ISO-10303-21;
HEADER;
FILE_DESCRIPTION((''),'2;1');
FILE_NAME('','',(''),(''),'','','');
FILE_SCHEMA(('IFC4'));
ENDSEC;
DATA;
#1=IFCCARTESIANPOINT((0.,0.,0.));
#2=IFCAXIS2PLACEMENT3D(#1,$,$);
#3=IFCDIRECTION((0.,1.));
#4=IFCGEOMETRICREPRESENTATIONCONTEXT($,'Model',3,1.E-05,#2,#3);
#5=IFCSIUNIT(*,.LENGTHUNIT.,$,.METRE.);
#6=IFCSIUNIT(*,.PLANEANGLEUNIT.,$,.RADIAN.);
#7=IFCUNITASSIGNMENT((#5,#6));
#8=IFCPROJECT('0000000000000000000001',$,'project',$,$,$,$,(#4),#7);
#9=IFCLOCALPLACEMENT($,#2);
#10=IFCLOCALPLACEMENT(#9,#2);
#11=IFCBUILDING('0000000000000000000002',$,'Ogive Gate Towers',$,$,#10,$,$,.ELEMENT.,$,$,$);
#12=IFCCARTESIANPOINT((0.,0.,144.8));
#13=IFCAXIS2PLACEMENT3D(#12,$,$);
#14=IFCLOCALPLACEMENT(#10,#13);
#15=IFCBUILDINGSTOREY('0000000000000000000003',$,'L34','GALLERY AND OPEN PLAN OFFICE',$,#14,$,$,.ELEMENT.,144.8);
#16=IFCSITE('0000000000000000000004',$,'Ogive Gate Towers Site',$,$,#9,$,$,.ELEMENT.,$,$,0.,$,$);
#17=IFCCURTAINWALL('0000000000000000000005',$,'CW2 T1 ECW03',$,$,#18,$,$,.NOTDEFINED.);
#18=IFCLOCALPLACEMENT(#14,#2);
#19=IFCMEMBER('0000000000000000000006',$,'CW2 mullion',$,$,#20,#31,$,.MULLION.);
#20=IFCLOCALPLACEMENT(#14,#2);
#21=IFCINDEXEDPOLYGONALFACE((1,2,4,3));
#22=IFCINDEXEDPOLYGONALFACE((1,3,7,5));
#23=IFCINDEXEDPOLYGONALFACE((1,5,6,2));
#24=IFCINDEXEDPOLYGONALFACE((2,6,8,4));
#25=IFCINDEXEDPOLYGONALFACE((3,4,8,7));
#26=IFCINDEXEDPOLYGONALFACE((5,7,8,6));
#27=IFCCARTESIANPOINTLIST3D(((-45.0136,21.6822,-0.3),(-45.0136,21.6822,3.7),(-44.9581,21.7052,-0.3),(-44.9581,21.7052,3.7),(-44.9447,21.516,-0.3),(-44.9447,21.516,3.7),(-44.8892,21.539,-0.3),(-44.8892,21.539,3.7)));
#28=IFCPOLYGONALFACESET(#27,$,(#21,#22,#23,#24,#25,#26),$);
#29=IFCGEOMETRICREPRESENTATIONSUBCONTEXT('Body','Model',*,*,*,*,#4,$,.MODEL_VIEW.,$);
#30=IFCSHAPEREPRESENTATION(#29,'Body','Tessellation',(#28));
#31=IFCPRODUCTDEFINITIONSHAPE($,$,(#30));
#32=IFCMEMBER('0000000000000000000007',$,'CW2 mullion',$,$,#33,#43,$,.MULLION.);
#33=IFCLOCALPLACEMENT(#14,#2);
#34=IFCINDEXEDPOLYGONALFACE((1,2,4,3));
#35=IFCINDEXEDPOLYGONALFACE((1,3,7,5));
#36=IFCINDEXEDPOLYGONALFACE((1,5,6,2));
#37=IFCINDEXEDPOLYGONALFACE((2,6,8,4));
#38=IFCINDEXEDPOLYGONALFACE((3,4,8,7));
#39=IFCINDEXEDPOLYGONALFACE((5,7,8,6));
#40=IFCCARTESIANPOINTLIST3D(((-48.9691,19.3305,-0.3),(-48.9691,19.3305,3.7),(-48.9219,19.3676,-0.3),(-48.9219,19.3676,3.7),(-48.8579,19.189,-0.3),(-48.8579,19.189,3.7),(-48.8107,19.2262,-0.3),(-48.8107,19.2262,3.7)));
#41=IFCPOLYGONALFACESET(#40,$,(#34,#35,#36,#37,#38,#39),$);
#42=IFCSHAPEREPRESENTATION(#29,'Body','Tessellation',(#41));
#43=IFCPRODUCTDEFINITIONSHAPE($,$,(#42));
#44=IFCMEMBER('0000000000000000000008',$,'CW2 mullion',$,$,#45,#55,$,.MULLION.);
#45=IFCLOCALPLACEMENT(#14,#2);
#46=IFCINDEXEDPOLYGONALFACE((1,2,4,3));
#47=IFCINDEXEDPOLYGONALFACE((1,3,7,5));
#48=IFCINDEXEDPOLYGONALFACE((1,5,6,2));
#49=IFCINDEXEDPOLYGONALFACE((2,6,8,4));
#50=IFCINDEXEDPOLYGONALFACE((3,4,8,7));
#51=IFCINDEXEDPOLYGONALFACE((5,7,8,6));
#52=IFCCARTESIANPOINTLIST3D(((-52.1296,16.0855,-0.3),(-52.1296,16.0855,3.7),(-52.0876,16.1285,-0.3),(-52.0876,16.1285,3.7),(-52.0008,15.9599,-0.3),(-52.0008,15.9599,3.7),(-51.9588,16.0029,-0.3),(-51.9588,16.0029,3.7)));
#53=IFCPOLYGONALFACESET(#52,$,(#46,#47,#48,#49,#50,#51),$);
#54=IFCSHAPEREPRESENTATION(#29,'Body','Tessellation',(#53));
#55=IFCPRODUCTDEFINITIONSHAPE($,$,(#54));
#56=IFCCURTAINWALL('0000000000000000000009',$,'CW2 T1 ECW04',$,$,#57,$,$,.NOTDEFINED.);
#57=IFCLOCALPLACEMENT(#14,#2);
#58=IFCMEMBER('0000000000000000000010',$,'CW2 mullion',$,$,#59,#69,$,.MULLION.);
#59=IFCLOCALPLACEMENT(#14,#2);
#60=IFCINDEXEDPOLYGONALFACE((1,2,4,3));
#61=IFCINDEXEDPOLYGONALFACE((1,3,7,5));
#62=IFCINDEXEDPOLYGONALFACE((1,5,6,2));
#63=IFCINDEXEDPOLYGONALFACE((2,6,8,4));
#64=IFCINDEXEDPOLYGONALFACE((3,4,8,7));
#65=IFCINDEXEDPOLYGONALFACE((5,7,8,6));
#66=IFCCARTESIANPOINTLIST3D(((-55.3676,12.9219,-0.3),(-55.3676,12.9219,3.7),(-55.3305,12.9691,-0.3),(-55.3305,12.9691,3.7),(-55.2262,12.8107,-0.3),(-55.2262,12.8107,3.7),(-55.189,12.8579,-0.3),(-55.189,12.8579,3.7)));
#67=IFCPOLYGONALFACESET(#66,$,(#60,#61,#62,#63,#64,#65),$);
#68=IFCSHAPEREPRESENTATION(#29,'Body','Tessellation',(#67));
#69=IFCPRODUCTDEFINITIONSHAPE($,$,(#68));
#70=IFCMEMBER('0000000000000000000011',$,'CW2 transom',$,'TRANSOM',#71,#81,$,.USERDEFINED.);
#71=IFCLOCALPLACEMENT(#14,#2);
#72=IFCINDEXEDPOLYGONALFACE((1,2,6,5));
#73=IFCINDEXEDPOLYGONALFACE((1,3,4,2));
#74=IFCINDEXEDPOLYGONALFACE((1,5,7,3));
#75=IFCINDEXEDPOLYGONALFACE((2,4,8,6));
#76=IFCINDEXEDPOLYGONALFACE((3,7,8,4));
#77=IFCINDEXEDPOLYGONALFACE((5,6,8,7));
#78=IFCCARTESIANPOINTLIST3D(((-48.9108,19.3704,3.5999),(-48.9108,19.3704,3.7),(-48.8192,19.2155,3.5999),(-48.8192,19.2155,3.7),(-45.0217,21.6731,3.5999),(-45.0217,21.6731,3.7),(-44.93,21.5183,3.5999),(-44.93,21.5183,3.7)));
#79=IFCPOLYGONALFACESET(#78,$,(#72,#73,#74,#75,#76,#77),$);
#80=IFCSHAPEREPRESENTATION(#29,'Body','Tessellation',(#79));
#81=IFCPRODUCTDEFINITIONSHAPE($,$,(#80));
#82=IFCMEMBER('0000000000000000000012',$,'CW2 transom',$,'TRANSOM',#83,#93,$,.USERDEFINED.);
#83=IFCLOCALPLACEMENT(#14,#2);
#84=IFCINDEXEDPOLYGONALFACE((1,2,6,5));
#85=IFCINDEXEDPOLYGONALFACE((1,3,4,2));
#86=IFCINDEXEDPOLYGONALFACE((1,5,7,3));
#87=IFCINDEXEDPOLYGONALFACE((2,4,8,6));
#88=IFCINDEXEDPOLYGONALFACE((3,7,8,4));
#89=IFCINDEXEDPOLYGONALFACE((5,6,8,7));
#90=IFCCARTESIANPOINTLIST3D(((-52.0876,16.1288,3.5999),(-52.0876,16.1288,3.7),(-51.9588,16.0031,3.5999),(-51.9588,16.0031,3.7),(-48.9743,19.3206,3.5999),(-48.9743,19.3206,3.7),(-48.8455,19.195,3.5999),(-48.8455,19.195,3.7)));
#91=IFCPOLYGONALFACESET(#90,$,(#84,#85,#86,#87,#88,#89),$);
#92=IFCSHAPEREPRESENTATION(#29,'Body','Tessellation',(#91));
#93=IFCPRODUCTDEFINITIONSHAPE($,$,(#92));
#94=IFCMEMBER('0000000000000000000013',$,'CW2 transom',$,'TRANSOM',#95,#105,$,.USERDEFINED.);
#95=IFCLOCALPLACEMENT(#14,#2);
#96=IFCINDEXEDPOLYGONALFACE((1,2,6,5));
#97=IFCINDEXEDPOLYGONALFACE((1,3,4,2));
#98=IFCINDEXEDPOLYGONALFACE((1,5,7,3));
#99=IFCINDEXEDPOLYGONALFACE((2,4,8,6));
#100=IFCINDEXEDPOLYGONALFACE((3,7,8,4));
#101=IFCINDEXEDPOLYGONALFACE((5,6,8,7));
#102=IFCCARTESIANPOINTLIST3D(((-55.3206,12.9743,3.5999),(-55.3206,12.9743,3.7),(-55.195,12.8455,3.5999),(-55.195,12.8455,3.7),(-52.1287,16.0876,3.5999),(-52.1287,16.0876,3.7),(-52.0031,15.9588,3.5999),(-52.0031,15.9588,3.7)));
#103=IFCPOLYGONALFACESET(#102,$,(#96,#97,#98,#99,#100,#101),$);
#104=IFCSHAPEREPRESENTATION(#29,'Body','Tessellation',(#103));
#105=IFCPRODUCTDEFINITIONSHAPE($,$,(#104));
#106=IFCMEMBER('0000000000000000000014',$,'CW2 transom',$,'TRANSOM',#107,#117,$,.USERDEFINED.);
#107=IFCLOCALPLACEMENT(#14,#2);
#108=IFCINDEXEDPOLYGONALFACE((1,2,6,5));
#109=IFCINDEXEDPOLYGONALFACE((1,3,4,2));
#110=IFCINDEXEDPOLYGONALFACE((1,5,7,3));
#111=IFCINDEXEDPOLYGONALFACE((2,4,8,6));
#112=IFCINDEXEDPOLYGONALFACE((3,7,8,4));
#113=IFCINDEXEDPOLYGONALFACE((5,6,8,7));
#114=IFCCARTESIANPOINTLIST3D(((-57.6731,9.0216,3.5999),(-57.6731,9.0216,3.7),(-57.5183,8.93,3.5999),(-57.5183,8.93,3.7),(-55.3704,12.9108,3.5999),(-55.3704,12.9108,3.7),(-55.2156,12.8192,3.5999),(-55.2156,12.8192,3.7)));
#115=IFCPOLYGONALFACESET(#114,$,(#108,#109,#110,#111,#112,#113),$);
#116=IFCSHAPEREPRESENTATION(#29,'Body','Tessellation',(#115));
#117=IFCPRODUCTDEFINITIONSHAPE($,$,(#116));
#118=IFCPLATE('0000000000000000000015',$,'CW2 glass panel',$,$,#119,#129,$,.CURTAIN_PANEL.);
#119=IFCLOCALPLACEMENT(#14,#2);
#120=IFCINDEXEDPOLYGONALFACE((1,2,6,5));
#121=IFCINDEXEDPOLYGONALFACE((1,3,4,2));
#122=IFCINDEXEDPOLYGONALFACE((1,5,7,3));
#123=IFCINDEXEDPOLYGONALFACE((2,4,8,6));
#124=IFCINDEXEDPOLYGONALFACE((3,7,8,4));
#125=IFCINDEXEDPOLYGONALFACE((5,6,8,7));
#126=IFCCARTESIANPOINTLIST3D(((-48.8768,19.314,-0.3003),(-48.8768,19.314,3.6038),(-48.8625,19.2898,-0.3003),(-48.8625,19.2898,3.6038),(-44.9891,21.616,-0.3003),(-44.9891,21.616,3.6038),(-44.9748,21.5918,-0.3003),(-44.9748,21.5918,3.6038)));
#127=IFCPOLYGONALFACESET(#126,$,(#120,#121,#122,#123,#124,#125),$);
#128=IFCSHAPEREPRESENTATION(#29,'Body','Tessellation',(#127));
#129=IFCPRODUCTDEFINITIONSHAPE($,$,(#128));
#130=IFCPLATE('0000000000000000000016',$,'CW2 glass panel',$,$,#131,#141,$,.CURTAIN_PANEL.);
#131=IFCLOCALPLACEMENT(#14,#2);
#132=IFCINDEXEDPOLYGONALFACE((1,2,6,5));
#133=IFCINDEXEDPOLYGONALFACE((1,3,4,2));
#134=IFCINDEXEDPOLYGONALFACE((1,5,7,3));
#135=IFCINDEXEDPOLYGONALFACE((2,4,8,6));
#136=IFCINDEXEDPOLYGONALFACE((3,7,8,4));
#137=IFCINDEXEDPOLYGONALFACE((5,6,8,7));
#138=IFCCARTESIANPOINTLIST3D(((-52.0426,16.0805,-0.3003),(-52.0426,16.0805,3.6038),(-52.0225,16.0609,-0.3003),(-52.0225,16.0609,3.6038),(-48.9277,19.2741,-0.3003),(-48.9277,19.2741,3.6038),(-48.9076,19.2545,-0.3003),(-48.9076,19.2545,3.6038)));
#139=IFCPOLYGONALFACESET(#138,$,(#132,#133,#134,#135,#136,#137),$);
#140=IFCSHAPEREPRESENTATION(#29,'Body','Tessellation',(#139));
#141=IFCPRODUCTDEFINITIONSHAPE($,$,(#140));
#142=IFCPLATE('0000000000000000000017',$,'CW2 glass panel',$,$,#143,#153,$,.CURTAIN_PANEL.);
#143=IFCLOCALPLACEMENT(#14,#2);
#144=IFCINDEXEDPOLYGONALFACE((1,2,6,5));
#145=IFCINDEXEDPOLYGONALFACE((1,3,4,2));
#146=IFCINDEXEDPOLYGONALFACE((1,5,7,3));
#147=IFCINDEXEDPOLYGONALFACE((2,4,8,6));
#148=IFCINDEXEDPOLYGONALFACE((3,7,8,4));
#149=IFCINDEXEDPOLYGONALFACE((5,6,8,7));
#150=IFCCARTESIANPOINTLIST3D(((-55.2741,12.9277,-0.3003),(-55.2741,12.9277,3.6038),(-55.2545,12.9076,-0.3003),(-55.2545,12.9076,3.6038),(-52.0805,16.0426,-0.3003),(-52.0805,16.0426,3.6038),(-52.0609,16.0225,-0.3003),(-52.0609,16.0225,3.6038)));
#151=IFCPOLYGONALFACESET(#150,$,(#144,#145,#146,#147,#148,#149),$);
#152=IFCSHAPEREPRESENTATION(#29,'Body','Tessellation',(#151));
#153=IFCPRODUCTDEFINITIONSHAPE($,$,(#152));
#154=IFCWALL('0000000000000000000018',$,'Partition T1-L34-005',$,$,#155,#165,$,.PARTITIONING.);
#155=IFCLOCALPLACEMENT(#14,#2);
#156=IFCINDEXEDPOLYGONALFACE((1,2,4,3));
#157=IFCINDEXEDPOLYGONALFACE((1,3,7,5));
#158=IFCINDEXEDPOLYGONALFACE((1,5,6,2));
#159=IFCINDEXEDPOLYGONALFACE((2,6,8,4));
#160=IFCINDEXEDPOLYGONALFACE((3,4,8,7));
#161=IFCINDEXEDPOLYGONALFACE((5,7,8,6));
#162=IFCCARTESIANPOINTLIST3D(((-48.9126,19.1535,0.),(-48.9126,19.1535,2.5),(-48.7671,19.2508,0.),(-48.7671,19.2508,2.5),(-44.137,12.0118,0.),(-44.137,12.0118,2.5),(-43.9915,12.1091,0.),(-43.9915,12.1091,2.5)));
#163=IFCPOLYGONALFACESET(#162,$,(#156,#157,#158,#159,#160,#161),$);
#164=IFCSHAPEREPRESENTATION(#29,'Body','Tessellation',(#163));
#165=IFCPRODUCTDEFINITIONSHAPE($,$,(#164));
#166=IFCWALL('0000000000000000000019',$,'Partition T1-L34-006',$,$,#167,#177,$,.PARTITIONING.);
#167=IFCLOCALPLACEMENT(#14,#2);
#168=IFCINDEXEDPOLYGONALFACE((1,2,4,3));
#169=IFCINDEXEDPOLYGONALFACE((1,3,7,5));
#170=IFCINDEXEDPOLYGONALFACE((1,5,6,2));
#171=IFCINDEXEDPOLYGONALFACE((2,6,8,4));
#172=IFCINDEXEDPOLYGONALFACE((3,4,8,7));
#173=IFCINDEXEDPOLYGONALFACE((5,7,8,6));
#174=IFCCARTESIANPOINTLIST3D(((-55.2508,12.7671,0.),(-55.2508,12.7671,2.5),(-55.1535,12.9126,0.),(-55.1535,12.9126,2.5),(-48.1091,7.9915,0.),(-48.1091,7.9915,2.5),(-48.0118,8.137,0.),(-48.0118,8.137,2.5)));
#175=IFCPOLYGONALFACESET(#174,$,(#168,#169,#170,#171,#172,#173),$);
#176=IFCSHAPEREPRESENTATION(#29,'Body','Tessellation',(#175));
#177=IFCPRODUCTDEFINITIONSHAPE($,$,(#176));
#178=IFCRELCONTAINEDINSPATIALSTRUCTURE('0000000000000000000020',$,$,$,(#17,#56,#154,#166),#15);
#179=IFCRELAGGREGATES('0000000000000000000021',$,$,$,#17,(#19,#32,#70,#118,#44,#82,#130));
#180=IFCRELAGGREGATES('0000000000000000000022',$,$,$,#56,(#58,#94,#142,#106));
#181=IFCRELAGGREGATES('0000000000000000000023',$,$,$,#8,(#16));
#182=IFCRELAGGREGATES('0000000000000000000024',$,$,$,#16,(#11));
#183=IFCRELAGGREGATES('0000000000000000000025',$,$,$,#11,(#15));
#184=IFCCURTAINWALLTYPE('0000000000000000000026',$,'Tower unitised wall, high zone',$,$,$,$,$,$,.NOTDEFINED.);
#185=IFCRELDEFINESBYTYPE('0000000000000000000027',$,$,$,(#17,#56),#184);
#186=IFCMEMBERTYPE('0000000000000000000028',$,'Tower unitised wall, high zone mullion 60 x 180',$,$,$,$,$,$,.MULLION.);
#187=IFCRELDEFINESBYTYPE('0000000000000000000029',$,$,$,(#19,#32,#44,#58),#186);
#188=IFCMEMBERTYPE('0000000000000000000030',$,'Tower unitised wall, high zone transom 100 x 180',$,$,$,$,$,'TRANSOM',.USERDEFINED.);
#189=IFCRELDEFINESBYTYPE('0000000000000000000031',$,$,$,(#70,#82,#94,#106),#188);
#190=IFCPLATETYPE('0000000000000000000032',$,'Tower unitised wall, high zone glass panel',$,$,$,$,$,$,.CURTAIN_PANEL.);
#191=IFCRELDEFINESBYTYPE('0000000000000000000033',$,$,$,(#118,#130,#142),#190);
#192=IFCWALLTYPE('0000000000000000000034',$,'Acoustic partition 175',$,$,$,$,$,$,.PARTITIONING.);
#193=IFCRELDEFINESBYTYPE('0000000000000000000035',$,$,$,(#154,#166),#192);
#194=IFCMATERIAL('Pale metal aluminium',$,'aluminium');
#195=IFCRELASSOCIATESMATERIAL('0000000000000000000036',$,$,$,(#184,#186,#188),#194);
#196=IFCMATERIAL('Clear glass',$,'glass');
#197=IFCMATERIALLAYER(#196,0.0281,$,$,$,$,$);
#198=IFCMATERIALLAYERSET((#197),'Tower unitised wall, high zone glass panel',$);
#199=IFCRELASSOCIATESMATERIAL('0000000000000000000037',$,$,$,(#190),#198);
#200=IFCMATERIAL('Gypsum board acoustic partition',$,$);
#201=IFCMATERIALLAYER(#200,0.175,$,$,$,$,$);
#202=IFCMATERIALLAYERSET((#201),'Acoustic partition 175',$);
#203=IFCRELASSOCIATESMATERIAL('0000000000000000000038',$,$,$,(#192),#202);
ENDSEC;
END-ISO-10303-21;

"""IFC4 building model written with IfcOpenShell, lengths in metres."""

from ifc_helpers import new_model, si_unit, direction, frame, frame_2d, origin, origin_2d, place, context, subcontext, project, spatial, rectangle, extrude, material, layer, layer_set, material_profile, profile_set, type_object, element, aggregate, save


model = new_model("IFC4")

# Units and contexts
model_context = context("Model", 3, precision=1e-05, world=origin(), true_north=direction((0.0, 1.0)))
body_context = subcontext(model_context, "Body", "Model", "MODEL_VIEW")
ifc_project = project(units=[si_unit("LENGTHUNIT", "METRE"), si_unit("PLANEANGLEUNIT", "RADIAN")], contexts=[model_context])

# Site, building, storey
site_placement = place(None, origin())
site = spatial("IfcSite", under=ifc_project, at=site_placement, Name="Ogive Gate Towers Site", CompositionType="ELEMENT", RefElevation=0.0)
building_placement = place(site_placement, origin())
building = spatial("IfcBuilding", under=site, at=building_placement, Name="Ogive Gate Towers", CompositionType="ELEMENT")
storey_placement = place(building_placement, frame((0.0, 0.0, 144.8)))
storey = spatial("IfcBuildingStorey", under=building, at=storey_placement, Name="L34", Description="GALLERY AND OPEN PLAN OFFICE", CompositionType="ELEMENT", Elevation=144.8)

# Curtain wall, members
ifc_material_1 = material(Name="Pale metal aluminium", Category="aluminium")
curtain_wall_type = type_object("IfcCurtainWallType", Name="Tower unitised wall, high zone", PredefinedType="NOTDEFINED", material=ifc_material_1)
curtain_wall_1_placement = place(storey_placement, origin())
curtain_wall_1 = element("IfcCurtainWall", 1, at=curtain_wall_1_placement, inside=storey, type_object=curtain_wall_type, Name="CW2 T1 ECW03", PredefinedType="NOTDEFINED")
ifc_material_profile_1 = material_profile(ifc_material_1, rectangle(XDim=0.1799, YDim=0.0601, at=origin_2d()), Name="60 x 180 aluminium box")
ifc_profile_set_1 = profile_set([ifc_material_profile_1], Name="Pale metal aluminium")
member_type_1 = type_object("IfcMemberType", Name="Tower unitised wall, high zone mullion 60 x 180", PredefinedType="MULLION", material=ifc_profile_set_1)
member_1_placement = place(storey_placement, frame((-44.9514, 21.6106, -0.3), z_axis=(0.0, 0.0, 1.0), x_axis=(-0.382683, 0.92388, 0.0)))
member_1 = element("IfcMember", 2, at=member_1_placement, type_object=member_type_1, Name="CW2 mullion", PredefinedType="MULLION", context=body_context, shape_type="SweptSolid", body=[
    extrude(rectangle(XDim=0.1799, YDim=0.0601, at=origin_2d()), origin(), (0.0, 0.0, 1.0), 4.0),
])
member_2_placement = place(storey_placement, frame((-48.8899, 19.2783, -0.3), z_axis=(0.0, 0.0, 1.0), x_axis=(-0.618038, 0.786148, 0.0)))
member_2 = element("IfcMember", 3, at=member_2_placement, type_object=member_type_1, Name="CW2 mullion", PredefinedType="MULLION", context=body_context, shape_type="SweptSolid", body=[
    extrude(rectangle(XDim=0.1799, YDim=0.0601, at=origin_2d()), origin(), (0.0, 0.0, 1.0), 4.0),
])
member_3_placement = place(storey_placement, frame((-52.0442, 16.0442, -0.3), z_axis=(0.0, 0.0, 1.0), x_axis=(-0.715863, 0.69824, 0.0)))
member_3 = element("IfcMember", 4, at=member_3_placement, type_object=member_type_1, Name="CW2 mullion", PredefinedType="MULLION", context=body_context, shape_type="SweptSolid", body=[
    extrude(rectangle(XDim=0.1799, YDim=0.0601, at=origin_2d()), origin(), (0.0, 0.0, 1.0), 4.0),
])

# Curtain wall, member
curtain_wall_2_placement = place(storey_placement, origin())
curtain_wall_2 = element("IfcCurtainWall", 5, at=curtain_wall_2_placement, inside=storey, type_object=curtain_wall_type, Name="CW2 T1 ECW04", PredefinedType="NOTDEFINED")
member_4_placement = place(storey_placement, frame((-55.2783, 12.8899, -0.3), z_axis=(0.0, 0.0, 1.0), x_axis=(-0.786148, 0.618038, 0.0)))
member_4 = element("IfcMember", 6, at=member_4_placement, type_object=member_type_1, Name="CW2 mullion", PredefinedType="MULLION", context=body_context, shape_type="SweptSolid", body=[
    extrude(rectangle(XDim=0.1799, YDim=0.0601, at=origin_2d()), origin(), (0.0, 0.0, 1.0), 4.0),
])

# Members
ifc_material_profile_2 = material_profile(ifc_material_1, rectangle(XDim=0.1799, YDim=0.1001, at=origin_2d()), Name="100 x 180 aluminium box")
ifc_profile_set_2 = profile_set([ifc_material_profile_2], Name="Pale metal aluminium")
member_type_2 = type_object("IfcMemberType", Name="Tower unitised wall, high zone transom 100 x 180", ElementType="TRANSOM", PredefinedType="USERDEFINED", material=ifc_profile_set_2)
member_5_placement = place(storey_placement, frame((-44.9758, 21.5957, 3.6499), z_axis=(-0.860481, -0.509483, 0.0), x_axis=(0.509483, -0.860481, 0.0)))
member_5 = element("IfcMember", 7, at=member_5_placement, type_object=member_type_2, Name="CW2 transom", ObjectType="TRANSOM", PredefinedType="USERDEFINED", context=body_context, shape_type="SweptSolid", body=[
    extrude(rectangle(XDim=0.1799, YDim=0.1001, at=origin_2d()), origin(), (0.0, 0.0, 1.0), 4.5198),
])
member_6_placement = place(storey_placement, frame((-48.9099, 19.2578, 3.6499), z_axis=(-0.698236, -0.715867, 0.0), x_axis=(0.715867, -0.698236, 0.0)))
member_6 = element("IfcMember", 8, at=member_6_placement, type_object=member_type_2, Name="CW2 transom", ObjectType="TRANSOM", PredefinedType="USERDEFINED", context=body_context, shape_type="SweptSolid", body=[
    extrude(rectangle(XDim=0.1799, YDim=0.1001, at=origin_2d()), origin(), (0.0, 0.0, 1.0), 4.4587),
])
member_7_placement = place(storey_placement, frame((-52.0659, 16.0232, 3.6499), z_axis=(-0.715867, -0.698236, 0.0), x_axis=(0.698236, -0.715867, 0.0)))
member_7 = element("IfcMember", 9, at=member_7_placement, type_object=member_type_2, Name="CW2 transom", ObjectType="TRANSOM", PredefinedType="USERDEFINED", context=body_context, shape_type="SweptSolid", body=[
    extrude(rectangle(XDim=0.1799, YDim=0.1001, at=origin_2d()), origin(), (0.0, 0.0, 1.0), 4.4587),
])
member_8_placement = place(storey_placement, frame((-55.293, 12.865, 3.6499), z_axis=(-0.509483, -0.860481, 0.0), x_axis=(0.860481, -0.509483, 0.0)))
member_8 = element("IfcMember", 10, at=member_8_placement, type_object=member_type_2, Name="CW2 transom", ObjectType="TRANSOM", PredefinedType="USERDEFINED", context=body_context, shape_type="SweptSolid", body=[
    extrude(rectangle(XDim=0.1799, YDim=0.1001, at=origin_2d()), origin(), (0.0, 0.0, 1.0), 4.5198),
])

# Plates
ifc_material_2 = material(Name="Clear glass", Category="glass")
ifc_layer_1 = layer(ifc_material_2, 0.0281)
ifc_layer_set_1 = layer_set([ifc_layer_1], Name="Tower unitised wall, high zone glass panel")
plate_type = type_object("IfcPlateType", Name="Tower unitised wall, high zone glass panel", PredefinedType="CURTAIN_PANEL", material=ifc_layer_set_1)
plate_1_placement = place(storey_placement, frame((-46.9258, 20.4529, -0.3003), z_axis=(0.0, 0.0, 1.0), x_axis=(-0.860466, -0.509507, 0.0)))
plate_1 = element("IfcPlate", 11, at=plate_1_placement, type_object=plate_type, Name="CW2 glass panel", PredefinedType="CURTAIN_PANEL", context=body_context, shape_type="SweptSolid", body=[
    extrude(rectangle(XDim=4.5181, YDim=0.0281, at=origin_2d()), origin(), (0.0, 0.0, 1.0), 3.9041),
])
plate_2_placement = place(storey_placement, frame((-50.4751, 17.6675, -0.3003), z_axis=(0.0, 0.0, 1.0), x_axis=(-0.69824, -0.715863, 0.0)))
plate_2 = element("IfcPlate", 12, at=plate_2_placement, type_object=plate_type, Name="CW2 glass panel", PredefinedType="CURTAIN_PANEL", context=body_context, shape_type="SweptSolid", body=[
    extrude(rectangle(XDim=4.4612, YDim=0.0281, at=origin_2d()), origin(), (0.0, 0.0, 1.0), 3.9041),
])
aggregate(curtain_wall_1, [member_1, member_2, member_5, plate_1, member_3, member_6, plate_2])
plate_3_placement = place(storey_placement, frame((-53.6675, 14.4751, -0.3003), z_axis=(0.0, 0.0, 1.0), x_axis=(-0.715863, -0.69824, 0.0)))
plate_3 = element("IfcPlate", 13, at=plate_3_placement, type_object=plate_type, Name="CW2 glass panel", PredefinedType="CURTAIN_PANEL", context=body_context, shape_type="SweptSolid", body=[
    extrude(rectangle(XDim=4.4612, YDim=0.0281, at=origin_2d()), origin(), (0.0, 0.0, 1.0), 3.9041),
])
aggregate(curtain_wall_2, [member_4, member_7, plate_3, member_8])

# Walls
ifc_material_3 = material(Name="Gypsum board acoustic partition")
ifc_layer_2 = layer(ifc_material_3, 0.175)
ifc_layer_set_2 = layer_set([ifc_layer_2], Name="Acoustic partition 175")
wall_type = type_object("IfcWallType", Name="Acoustic partition 175", PredefinedType="PARTITIONING", material=ifc_layer_set_2)
for number, where, z_axis, x_axis, name in (
    (14, (-48.8398, 19.2021, 0.0), (0.0, 0.0, 1.0), (0.55586, -0.831276, 0.0), "Partition T1-L34-005"),
    (15, (-55.2021, 12.8398, 0.0), (0.0, 0.0, 1.0), (0.831276, -0.55586, 0.0), "Partition T1-L34-006"),
):
    element("IfcWall", number, at=place(storey_placement, frame(where, z_axis=z_axis, x_axis=x_axis)), inside=storey, type_object=wall_type, Name=name, PredefinedType="PARTITIONING", context=body_context, shape_type="SweptSolid", body=[
        extrude(rectangle(XDim=8.5913, YDim=0.175, at=frame_2d((4.2957, 0.0))), origin(), (0.0, 0.0, 1.0), 2.5),
    ])

save(model, "model.ifc")
